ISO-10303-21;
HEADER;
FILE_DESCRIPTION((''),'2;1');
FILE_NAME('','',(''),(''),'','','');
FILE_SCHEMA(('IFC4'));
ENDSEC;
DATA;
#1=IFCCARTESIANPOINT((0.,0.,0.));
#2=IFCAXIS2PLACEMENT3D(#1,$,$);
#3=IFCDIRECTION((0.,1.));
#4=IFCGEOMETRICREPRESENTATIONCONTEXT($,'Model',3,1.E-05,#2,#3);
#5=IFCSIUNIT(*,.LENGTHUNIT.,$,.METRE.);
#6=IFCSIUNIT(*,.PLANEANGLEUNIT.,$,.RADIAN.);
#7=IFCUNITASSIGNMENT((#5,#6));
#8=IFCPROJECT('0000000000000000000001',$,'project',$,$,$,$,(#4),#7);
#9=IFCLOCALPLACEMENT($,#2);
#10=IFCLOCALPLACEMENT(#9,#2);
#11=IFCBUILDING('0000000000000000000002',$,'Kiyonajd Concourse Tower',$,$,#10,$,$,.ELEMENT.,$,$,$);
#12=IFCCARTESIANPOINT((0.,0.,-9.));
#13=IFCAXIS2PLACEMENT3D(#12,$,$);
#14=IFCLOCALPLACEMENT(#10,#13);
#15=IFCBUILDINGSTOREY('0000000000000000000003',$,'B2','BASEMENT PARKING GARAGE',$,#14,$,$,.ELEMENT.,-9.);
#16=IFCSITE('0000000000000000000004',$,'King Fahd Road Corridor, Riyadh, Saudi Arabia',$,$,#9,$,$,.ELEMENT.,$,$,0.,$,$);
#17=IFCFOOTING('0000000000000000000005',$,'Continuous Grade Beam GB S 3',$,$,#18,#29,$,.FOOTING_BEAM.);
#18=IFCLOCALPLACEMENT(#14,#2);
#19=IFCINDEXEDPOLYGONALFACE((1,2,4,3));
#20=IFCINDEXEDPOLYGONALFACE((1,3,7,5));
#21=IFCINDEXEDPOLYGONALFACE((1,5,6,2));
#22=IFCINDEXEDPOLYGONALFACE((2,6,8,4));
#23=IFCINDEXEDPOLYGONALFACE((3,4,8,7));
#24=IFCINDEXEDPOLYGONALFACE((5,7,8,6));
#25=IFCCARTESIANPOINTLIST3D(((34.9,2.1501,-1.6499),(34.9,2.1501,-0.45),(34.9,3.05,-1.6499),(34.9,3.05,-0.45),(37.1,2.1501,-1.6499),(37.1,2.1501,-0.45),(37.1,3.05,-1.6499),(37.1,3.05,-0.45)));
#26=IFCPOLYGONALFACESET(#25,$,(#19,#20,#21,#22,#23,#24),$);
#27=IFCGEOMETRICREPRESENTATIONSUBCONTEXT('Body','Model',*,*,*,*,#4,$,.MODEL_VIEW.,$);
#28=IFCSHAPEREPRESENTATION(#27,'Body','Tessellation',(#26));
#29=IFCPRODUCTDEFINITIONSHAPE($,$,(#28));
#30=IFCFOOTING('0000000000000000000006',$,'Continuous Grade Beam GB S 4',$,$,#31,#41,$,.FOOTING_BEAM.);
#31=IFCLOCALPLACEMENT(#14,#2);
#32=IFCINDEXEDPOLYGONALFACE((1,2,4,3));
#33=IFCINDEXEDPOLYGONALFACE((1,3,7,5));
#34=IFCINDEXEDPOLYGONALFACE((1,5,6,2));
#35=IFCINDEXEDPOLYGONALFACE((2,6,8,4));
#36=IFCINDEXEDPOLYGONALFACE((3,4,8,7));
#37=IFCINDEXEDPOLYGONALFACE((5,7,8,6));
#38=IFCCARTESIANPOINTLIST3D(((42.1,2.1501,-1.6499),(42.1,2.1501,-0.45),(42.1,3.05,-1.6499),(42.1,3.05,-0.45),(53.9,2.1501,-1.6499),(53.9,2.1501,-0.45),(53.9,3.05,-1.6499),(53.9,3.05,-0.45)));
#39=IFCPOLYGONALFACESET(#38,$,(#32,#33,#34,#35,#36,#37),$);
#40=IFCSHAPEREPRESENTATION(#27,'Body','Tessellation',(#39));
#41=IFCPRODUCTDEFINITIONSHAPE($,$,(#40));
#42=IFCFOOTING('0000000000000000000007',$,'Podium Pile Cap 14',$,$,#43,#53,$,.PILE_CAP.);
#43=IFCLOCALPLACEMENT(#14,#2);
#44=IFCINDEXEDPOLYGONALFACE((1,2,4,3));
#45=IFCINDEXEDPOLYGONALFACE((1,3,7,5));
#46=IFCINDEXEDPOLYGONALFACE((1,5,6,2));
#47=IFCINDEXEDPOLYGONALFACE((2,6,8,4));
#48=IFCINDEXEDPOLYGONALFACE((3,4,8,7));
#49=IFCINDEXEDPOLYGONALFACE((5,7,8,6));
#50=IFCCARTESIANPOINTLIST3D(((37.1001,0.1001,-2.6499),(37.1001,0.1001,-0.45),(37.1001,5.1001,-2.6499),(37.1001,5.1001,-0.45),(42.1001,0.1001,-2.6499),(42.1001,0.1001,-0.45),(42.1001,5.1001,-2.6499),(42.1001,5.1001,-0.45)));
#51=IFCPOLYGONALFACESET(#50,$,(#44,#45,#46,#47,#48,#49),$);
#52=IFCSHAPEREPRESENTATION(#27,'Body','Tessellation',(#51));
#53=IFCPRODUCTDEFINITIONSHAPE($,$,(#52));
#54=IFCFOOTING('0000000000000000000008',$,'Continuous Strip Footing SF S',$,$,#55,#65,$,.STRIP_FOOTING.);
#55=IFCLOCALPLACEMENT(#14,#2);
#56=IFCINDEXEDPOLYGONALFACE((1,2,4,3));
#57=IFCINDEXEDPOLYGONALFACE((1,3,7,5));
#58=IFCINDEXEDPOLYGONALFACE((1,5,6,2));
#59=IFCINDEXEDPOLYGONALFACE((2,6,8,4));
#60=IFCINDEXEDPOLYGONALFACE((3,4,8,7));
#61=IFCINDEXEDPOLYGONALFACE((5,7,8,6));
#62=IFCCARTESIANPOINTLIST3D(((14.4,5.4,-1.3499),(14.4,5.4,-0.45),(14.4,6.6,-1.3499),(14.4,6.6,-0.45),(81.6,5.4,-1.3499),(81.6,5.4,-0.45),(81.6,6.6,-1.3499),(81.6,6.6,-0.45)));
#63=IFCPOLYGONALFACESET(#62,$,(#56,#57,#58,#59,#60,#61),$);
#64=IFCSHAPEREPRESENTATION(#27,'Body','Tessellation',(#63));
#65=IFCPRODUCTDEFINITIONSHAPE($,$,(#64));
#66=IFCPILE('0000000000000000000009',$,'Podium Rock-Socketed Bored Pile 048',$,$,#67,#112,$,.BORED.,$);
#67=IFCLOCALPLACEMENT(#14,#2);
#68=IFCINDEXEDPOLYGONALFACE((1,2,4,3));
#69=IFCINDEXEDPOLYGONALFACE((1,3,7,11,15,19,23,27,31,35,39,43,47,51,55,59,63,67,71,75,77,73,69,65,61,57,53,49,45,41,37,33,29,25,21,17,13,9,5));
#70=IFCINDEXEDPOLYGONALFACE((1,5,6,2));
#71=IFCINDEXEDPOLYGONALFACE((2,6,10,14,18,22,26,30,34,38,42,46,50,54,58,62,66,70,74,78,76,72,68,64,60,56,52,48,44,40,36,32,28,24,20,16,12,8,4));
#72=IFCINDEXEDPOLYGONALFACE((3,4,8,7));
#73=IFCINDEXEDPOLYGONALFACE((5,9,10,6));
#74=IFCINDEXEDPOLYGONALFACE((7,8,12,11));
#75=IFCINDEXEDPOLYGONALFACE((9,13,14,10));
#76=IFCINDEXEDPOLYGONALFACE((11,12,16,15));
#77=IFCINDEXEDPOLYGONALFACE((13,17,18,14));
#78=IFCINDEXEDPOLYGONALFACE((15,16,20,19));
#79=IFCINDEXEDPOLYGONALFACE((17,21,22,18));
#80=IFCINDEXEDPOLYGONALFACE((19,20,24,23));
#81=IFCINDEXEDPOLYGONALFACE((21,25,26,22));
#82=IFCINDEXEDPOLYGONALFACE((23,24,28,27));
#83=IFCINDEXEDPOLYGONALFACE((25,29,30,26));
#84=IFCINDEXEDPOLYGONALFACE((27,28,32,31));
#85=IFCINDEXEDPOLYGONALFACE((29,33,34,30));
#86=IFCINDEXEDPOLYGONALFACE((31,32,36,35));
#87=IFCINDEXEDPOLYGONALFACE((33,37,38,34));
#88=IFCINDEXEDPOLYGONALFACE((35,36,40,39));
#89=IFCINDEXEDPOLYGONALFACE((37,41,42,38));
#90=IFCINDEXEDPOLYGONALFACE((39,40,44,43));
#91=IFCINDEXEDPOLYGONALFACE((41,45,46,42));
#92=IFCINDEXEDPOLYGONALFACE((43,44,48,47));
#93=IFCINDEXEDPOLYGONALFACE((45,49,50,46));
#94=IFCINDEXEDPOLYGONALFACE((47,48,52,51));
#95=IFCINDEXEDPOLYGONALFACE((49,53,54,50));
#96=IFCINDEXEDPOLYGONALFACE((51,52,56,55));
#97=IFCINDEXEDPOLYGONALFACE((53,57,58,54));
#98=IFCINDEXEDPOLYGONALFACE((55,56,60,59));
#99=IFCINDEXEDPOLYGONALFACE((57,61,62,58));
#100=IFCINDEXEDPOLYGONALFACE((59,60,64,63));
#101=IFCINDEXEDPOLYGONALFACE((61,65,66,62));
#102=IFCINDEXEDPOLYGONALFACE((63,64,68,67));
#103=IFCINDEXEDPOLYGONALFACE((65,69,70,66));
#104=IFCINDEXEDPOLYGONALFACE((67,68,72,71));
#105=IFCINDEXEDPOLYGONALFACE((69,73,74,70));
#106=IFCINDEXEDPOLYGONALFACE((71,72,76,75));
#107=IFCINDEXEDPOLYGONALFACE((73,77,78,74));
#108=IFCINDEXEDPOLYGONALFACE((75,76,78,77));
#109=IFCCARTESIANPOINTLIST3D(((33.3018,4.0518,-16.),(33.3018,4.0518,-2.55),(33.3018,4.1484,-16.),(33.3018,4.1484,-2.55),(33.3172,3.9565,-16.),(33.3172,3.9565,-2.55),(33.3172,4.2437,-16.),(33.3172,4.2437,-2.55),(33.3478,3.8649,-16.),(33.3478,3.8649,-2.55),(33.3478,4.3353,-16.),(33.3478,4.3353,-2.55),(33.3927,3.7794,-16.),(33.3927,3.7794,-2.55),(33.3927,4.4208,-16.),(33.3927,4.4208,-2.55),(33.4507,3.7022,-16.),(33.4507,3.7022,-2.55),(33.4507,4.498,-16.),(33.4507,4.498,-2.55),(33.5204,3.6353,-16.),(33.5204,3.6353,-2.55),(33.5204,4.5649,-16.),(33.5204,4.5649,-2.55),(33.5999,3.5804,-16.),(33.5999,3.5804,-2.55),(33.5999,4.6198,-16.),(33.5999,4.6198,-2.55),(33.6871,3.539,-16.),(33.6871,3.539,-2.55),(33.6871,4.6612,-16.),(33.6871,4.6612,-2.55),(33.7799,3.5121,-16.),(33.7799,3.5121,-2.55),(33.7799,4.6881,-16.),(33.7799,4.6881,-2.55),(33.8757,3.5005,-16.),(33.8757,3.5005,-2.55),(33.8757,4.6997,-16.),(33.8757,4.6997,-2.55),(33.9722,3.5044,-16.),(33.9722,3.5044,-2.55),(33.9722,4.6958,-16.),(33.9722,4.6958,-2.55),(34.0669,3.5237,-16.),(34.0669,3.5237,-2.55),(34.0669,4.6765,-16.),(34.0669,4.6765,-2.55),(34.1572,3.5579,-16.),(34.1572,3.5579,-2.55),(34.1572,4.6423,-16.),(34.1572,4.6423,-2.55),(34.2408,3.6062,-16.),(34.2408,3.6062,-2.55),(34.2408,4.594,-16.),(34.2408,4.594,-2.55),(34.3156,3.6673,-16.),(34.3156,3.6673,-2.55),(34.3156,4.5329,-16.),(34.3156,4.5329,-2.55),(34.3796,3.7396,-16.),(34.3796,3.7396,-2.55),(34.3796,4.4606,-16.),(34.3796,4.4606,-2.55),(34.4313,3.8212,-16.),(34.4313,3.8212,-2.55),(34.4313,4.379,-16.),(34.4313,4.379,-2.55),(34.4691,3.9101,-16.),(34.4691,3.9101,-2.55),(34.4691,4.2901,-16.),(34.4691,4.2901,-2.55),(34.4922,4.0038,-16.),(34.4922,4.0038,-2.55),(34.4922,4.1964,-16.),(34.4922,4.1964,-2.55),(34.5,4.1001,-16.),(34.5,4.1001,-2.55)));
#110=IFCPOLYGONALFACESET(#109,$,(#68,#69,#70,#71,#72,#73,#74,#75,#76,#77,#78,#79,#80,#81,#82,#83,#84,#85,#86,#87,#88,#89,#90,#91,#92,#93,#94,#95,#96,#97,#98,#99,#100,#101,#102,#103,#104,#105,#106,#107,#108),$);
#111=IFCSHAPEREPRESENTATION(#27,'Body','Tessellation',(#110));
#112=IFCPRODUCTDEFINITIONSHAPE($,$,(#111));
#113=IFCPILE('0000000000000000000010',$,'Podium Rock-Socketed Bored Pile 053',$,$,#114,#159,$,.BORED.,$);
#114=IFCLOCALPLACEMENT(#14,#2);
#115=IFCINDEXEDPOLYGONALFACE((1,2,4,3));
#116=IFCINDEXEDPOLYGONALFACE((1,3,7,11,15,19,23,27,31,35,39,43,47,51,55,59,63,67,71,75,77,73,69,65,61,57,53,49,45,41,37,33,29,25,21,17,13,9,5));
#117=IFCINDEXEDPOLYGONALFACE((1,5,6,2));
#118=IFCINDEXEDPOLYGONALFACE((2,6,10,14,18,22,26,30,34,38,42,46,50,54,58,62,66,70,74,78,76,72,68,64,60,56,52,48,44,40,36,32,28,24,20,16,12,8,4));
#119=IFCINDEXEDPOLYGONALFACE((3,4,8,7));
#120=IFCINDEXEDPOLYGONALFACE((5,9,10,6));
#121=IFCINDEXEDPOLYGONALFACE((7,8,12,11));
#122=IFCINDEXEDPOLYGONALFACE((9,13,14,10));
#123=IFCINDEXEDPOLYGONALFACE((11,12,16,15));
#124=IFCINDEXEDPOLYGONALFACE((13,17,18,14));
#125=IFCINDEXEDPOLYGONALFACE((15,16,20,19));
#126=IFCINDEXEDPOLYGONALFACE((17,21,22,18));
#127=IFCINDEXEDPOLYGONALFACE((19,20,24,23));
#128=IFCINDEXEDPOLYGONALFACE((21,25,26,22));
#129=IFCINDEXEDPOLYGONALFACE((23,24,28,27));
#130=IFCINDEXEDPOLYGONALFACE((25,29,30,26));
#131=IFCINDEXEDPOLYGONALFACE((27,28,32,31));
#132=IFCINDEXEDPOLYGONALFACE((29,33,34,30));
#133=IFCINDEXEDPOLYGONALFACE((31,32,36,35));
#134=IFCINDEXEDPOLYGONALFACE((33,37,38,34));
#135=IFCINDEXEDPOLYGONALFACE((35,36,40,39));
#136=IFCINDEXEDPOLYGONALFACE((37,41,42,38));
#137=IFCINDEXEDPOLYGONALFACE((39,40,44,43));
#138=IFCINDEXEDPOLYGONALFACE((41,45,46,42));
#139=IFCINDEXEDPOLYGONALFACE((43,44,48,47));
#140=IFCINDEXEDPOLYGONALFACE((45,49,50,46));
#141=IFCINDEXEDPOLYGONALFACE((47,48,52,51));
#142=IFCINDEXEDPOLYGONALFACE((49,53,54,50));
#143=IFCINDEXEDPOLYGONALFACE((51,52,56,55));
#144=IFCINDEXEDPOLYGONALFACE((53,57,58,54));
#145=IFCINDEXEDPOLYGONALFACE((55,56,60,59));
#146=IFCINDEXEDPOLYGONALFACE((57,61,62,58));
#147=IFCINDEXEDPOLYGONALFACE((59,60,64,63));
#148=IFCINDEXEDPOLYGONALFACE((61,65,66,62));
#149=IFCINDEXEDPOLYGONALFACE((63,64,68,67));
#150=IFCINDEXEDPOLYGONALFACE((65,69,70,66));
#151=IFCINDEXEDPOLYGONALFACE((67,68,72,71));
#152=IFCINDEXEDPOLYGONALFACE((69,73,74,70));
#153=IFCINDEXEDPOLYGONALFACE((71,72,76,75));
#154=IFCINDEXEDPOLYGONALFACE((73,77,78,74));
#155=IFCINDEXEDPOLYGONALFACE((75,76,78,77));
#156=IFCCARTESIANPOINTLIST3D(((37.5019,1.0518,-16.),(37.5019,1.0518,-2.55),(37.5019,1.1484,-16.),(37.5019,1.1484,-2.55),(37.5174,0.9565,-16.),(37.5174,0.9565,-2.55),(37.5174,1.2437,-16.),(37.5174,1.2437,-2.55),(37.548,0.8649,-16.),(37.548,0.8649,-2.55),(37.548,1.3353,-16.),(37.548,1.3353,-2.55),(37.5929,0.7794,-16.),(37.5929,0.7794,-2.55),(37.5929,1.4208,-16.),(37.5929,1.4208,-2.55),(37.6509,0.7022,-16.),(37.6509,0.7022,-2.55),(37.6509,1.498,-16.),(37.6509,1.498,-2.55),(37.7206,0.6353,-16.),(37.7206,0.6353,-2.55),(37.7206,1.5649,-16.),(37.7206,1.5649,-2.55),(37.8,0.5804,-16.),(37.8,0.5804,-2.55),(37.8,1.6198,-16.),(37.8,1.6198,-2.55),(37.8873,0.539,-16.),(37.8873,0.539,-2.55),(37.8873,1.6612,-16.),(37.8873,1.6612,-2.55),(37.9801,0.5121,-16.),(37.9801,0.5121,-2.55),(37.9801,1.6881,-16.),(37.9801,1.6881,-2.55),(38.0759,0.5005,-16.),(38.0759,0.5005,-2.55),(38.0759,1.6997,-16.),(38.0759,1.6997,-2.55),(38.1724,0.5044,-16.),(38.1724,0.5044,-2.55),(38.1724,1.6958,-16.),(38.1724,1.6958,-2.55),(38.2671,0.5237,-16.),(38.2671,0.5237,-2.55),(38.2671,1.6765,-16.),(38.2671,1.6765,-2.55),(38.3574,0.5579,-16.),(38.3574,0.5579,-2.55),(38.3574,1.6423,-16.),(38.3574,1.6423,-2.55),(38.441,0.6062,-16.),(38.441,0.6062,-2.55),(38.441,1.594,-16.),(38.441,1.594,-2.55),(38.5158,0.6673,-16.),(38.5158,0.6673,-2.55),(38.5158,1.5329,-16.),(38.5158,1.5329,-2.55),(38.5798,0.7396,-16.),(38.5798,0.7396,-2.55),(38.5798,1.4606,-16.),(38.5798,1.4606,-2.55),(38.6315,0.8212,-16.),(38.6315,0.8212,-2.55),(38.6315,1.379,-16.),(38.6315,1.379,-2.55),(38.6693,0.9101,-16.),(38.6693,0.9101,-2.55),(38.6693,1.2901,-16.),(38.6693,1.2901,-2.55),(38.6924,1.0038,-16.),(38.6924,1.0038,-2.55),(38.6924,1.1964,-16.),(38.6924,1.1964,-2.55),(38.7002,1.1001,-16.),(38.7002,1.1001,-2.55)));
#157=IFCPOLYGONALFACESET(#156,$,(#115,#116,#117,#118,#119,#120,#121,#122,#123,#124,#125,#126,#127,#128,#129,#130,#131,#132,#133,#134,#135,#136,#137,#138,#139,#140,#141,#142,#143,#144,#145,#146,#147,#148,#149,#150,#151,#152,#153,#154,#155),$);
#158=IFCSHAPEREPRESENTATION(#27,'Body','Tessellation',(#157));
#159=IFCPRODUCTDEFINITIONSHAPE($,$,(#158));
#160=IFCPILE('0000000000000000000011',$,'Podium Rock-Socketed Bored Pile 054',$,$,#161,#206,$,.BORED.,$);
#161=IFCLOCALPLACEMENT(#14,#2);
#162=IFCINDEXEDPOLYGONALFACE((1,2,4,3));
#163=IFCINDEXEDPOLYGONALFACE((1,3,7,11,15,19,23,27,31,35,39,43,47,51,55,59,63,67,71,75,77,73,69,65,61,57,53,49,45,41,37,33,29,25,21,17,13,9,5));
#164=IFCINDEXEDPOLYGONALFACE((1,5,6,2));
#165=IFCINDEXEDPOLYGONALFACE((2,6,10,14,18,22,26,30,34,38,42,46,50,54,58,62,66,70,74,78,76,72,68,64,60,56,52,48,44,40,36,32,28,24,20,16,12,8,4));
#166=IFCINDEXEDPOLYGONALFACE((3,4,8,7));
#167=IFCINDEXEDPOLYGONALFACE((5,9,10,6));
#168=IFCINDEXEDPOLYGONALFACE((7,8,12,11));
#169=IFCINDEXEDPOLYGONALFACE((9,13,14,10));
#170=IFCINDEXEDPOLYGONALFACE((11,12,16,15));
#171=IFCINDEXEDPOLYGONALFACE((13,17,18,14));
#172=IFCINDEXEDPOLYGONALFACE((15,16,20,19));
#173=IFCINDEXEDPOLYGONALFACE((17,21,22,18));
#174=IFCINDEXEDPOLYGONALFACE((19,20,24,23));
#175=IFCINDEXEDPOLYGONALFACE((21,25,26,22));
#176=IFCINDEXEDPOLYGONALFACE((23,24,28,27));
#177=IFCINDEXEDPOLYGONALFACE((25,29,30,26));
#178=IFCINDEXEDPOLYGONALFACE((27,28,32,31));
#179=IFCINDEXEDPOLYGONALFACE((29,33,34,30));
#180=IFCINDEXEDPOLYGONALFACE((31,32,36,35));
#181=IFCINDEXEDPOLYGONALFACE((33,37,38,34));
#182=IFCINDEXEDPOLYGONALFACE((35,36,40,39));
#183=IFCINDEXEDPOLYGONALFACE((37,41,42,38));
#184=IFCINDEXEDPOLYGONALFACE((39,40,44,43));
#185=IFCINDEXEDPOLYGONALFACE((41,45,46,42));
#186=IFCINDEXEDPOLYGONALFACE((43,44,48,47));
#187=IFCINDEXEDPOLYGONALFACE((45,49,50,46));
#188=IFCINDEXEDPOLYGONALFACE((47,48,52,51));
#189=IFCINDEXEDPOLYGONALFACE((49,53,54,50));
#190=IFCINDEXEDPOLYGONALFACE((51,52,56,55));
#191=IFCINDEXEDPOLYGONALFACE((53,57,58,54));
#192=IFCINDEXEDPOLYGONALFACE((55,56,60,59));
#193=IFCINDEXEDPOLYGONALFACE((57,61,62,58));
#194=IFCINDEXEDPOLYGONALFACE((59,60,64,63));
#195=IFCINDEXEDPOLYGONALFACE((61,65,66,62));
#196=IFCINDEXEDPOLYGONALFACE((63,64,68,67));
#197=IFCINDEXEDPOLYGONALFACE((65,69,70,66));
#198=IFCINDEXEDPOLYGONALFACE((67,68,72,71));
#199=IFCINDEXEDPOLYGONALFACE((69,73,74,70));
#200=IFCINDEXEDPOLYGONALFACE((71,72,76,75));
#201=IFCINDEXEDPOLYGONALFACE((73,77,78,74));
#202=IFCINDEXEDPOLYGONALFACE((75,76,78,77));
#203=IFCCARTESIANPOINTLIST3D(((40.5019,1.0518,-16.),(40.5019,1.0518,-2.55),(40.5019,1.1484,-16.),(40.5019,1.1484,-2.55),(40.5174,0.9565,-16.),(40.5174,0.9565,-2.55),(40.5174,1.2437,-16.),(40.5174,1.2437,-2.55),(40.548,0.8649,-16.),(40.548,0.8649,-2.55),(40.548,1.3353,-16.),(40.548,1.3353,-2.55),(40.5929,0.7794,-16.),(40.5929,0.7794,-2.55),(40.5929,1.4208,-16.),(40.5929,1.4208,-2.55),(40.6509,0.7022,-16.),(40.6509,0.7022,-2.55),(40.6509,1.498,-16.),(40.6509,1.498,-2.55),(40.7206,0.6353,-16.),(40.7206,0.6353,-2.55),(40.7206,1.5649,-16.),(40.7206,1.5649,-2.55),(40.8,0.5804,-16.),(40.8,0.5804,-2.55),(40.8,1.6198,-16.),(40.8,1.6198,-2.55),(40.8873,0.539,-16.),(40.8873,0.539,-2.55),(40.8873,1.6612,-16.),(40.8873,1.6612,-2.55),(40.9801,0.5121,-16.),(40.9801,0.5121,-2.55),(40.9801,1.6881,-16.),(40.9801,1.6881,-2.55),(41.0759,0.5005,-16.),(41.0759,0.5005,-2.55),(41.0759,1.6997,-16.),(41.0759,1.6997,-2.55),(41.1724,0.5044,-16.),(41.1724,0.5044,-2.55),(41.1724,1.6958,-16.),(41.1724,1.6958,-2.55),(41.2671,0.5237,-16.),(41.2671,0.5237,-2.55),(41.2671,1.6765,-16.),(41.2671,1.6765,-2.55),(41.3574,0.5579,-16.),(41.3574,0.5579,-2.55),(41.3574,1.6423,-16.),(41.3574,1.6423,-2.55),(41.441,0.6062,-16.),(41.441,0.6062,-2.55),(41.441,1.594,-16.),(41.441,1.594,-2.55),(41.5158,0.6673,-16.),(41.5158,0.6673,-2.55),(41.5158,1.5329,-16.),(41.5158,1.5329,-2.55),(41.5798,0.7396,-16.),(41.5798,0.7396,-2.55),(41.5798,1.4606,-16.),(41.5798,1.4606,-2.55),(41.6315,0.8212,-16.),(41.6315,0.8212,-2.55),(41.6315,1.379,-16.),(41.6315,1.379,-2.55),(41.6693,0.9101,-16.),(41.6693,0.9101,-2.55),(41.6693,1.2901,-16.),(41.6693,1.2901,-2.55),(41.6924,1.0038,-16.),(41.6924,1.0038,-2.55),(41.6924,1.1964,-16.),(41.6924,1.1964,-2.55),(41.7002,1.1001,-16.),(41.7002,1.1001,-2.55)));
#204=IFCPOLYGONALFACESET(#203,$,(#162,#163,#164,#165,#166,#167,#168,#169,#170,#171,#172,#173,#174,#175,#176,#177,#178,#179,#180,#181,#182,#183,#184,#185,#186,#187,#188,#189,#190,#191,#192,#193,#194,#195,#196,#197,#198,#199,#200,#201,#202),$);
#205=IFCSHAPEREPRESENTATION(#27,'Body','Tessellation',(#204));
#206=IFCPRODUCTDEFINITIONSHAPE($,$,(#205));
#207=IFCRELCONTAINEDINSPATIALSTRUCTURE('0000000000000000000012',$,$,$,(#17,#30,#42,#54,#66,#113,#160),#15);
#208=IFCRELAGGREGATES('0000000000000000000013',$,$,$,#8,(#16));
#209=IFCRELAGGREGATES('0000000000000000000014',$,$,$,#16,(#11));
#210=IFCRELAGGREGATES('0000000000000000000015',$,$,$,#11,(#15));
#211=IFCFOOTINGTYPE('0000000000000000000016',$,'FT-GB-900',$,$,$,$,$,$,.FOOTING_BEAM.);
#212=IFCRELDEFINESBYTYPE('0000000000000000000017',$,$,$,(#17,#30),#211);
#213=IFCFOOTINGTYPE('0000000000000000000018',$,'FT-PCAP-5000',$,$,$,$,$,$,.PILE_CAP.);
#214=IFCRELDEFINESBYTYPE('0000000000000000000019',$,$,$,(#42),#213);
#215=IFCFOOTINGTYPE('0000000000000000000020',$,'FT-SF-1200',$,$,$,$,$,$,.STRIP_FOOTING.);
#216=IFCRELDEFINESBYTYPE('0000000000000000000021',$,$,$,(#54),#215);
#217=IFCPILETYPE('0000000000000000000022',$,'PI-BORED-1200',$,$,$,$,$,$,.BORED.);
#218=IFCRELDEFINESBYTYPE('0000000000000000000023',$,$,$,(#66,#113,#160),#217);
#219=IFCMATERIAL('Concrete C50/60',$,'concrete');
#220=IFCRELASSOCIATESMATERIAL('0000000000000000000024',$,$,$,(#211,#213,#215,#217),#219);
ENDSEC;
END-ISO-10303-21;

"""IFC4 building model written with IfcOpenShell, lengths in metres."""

from ifc_helpers import new_model, si_unit, direction, frame, origin, origin_2d, place, context, subcontext, project, spatial, rectangle, circle, extrude, material, material_profile, profile_set, type_object, element, save


model = new_model("IFC4")

# Units and contexts
model_context = context("Model", 3, precision=1e-05, world=origin(), true_north=direction((0.0, 1.0)))
body_context = subcontext(model_context, "Body", "Model", "MODEL_VIEW")
ifc_project = project(units=[si_unit("LENGTHUNIT", "METRE"), si_unit("PLANEANGLEUNIT", "RADIAN")], contexts=[model_context])

# Site, building, storey
site_placement = place(None, origin())
site = spatial("IfcSite", under=ifc_project, at=site_placement, Name="King Fahd Road Corridor, Riyadh, Saudi Arabia", CompositionType="ELEMENT", RefElevation=0.0)
building_placement = place(site_placement, origin())
building = spatial("IfcBuilding", under=site, at=building_placement, Name="Kiyonajd Concourse Tower", CompositionType="ELEMENT")
storey_placement = place(building_placement, frame((0.0, 0.0, -9.0)))
storey = spatial("IfcBuildingStorey", under=building, at=storey_placement, Name="B2", Description="BASEMENT PARKING GARAGE", CompositionType="ELEMENT", Elevation=-9.0)

# Footings
ifc_material_1 = material(Name="Concrete C50/60", Category="concrete")
footing_type_1 = type_object("IfcFootingType", Name="FT-GB-900", PredefinedType="FOOTING_BEAM", material=ifc_material_1)
footing_1_placement = place(storey_placement, frame((36.0, 2.6001, -1.6499), z_axis=(0.0, 0.0, 1.0), x_axis=(1.0, 0.0, 0.0)))
element("IfcFooting", 1, at=footing_1_placement, inside=storey, type_object=footing_type_1, Name="Continuous Grade Beam GB S 3", PredefinedType="FOOTING_BEAM", context=body_context, shape_type="SweptSolid", body=[
    extrude(rectangle(XDim=2.2, YDim=0.8999, at=origin_2d()), origin(), (0.0, 0.0, 1.0), 1.2),
])
footing_2_placement = place(storey_placement, frame((48.0, 2.6001, -1.6499), z_axis=(0.0, 0.0, 1.0), x_axis=(1.0, 0.0, 0.0)))
element("IfcFooting", 2, at=footing_2_placement, inside=storey, type_object=footing_type_1, Name="Continuous Grade Beam GB S 4", PredefinedType="FOOTING_BEAM", context=body_context, shape_type="SweptSolid", body=[
    extrude(rectangle(XDim=11.8, YDim=0.8999, at=origin_2d()), origin(), (0.0, 0.0, 1.0), 1.2),
])
footing_type_2 = type_object("IfcFootingType", Name="FT-PCAP-5000", PredefinedType="PILE_CAP", material=ifc_material_1)
footing_3_placement = place(storey_placement, frame((39.6001, 2.6001, -2.6499), z_axis=(0.0, 0.0, 1.0), x_axis=(1.0, 0.0, 0.0)))
element("IfcFooting", 3, at=footing_3_placement, inside=storey, type_object=footing_type_2, Name="Podium Pile Cap 14", PredefinedType="PILE_CAP", context=body_context, shape_type="SweptSolid", body=[
    extrude(rectangle(XDim=5.0, YDim=5.0, at=origin_2d()), origin(), (0.0, 0.0, 1.0), 2.2),
])
footing_type_3 = type_object("IfcFootingType", Name="FT-SF-1200", PredefinedType="STRIP_FOOTING", material=ifc_material_1)
footing_4_placement = place(storey_placement, frame((48.0, 6.0, -1.3499), z_axis=(0.0, 0.0, 1.0), x_axis=(1.0, 0.0, 0.0)))
element("IfcFooting", 4, at=footing_4_placement, inside=storey, type_object=footing_type_3, Name="Continuous Strip Footing SF S", PredefinedType="STRIP_FOOTING", context=body_context, shape_type="SweptSolid", body=[
    extrude(rectangle(XDim=67.2, YDim=1.2, at=origin_2d()), origin(), (0.0, 0.0, 1.0), 0.8999),
])

# Piles
ifc_material_profile_1 = material_profile(ifc_material_1, circle(Radius=0.6001, at=origin_2d()), Name="PILE-D1200")
ifc_profile_set_1 = profile_set([ifc_material_profile_1], Name="Concrete C50/60")
pile_type_1 = type_object("IfcPileType", Name="PI-BORED-1200", PredefinedType="BORED", material=ifc_profile_set_1)
for number, where, z_axis, x_axis, name in (
    (5, (33.8999, 4.1001, -2.55), (0.0, 0.0, -1.0), (1.0, 0.0, 0.0), "Podium Rock-Socketed Bored Pile 048"),
    (6, (38.1001, 1.1001, -2.55), (0.0, 0.0, -1.0), (1.0, 0.0, 0.0), "Podium Rock-Socketed Bored Pile 053"),
    (7, (41.1001, 1.1001, -2.55), (0.0, 0.0, -1.0), (1.0, 0.0, 0.0), "Podium Rock-Socketed Bored Pile 054"),
):
    element("IfcPile", number, at=place(storey_placement, frame(where, z_axis=z_axis, x_axis=x_axis)), inside=storey, type_object=pile_type_1, Name=name, PredefinedType="BORED", context=body_context, shape_type="SweptSolid", body=[
        extrude(circle(Radius=0.6001, at=origin_2d()), origin(), (0.0, 0.0, 1.0), 13.45),
    ])

save(model, "model.ifc")
